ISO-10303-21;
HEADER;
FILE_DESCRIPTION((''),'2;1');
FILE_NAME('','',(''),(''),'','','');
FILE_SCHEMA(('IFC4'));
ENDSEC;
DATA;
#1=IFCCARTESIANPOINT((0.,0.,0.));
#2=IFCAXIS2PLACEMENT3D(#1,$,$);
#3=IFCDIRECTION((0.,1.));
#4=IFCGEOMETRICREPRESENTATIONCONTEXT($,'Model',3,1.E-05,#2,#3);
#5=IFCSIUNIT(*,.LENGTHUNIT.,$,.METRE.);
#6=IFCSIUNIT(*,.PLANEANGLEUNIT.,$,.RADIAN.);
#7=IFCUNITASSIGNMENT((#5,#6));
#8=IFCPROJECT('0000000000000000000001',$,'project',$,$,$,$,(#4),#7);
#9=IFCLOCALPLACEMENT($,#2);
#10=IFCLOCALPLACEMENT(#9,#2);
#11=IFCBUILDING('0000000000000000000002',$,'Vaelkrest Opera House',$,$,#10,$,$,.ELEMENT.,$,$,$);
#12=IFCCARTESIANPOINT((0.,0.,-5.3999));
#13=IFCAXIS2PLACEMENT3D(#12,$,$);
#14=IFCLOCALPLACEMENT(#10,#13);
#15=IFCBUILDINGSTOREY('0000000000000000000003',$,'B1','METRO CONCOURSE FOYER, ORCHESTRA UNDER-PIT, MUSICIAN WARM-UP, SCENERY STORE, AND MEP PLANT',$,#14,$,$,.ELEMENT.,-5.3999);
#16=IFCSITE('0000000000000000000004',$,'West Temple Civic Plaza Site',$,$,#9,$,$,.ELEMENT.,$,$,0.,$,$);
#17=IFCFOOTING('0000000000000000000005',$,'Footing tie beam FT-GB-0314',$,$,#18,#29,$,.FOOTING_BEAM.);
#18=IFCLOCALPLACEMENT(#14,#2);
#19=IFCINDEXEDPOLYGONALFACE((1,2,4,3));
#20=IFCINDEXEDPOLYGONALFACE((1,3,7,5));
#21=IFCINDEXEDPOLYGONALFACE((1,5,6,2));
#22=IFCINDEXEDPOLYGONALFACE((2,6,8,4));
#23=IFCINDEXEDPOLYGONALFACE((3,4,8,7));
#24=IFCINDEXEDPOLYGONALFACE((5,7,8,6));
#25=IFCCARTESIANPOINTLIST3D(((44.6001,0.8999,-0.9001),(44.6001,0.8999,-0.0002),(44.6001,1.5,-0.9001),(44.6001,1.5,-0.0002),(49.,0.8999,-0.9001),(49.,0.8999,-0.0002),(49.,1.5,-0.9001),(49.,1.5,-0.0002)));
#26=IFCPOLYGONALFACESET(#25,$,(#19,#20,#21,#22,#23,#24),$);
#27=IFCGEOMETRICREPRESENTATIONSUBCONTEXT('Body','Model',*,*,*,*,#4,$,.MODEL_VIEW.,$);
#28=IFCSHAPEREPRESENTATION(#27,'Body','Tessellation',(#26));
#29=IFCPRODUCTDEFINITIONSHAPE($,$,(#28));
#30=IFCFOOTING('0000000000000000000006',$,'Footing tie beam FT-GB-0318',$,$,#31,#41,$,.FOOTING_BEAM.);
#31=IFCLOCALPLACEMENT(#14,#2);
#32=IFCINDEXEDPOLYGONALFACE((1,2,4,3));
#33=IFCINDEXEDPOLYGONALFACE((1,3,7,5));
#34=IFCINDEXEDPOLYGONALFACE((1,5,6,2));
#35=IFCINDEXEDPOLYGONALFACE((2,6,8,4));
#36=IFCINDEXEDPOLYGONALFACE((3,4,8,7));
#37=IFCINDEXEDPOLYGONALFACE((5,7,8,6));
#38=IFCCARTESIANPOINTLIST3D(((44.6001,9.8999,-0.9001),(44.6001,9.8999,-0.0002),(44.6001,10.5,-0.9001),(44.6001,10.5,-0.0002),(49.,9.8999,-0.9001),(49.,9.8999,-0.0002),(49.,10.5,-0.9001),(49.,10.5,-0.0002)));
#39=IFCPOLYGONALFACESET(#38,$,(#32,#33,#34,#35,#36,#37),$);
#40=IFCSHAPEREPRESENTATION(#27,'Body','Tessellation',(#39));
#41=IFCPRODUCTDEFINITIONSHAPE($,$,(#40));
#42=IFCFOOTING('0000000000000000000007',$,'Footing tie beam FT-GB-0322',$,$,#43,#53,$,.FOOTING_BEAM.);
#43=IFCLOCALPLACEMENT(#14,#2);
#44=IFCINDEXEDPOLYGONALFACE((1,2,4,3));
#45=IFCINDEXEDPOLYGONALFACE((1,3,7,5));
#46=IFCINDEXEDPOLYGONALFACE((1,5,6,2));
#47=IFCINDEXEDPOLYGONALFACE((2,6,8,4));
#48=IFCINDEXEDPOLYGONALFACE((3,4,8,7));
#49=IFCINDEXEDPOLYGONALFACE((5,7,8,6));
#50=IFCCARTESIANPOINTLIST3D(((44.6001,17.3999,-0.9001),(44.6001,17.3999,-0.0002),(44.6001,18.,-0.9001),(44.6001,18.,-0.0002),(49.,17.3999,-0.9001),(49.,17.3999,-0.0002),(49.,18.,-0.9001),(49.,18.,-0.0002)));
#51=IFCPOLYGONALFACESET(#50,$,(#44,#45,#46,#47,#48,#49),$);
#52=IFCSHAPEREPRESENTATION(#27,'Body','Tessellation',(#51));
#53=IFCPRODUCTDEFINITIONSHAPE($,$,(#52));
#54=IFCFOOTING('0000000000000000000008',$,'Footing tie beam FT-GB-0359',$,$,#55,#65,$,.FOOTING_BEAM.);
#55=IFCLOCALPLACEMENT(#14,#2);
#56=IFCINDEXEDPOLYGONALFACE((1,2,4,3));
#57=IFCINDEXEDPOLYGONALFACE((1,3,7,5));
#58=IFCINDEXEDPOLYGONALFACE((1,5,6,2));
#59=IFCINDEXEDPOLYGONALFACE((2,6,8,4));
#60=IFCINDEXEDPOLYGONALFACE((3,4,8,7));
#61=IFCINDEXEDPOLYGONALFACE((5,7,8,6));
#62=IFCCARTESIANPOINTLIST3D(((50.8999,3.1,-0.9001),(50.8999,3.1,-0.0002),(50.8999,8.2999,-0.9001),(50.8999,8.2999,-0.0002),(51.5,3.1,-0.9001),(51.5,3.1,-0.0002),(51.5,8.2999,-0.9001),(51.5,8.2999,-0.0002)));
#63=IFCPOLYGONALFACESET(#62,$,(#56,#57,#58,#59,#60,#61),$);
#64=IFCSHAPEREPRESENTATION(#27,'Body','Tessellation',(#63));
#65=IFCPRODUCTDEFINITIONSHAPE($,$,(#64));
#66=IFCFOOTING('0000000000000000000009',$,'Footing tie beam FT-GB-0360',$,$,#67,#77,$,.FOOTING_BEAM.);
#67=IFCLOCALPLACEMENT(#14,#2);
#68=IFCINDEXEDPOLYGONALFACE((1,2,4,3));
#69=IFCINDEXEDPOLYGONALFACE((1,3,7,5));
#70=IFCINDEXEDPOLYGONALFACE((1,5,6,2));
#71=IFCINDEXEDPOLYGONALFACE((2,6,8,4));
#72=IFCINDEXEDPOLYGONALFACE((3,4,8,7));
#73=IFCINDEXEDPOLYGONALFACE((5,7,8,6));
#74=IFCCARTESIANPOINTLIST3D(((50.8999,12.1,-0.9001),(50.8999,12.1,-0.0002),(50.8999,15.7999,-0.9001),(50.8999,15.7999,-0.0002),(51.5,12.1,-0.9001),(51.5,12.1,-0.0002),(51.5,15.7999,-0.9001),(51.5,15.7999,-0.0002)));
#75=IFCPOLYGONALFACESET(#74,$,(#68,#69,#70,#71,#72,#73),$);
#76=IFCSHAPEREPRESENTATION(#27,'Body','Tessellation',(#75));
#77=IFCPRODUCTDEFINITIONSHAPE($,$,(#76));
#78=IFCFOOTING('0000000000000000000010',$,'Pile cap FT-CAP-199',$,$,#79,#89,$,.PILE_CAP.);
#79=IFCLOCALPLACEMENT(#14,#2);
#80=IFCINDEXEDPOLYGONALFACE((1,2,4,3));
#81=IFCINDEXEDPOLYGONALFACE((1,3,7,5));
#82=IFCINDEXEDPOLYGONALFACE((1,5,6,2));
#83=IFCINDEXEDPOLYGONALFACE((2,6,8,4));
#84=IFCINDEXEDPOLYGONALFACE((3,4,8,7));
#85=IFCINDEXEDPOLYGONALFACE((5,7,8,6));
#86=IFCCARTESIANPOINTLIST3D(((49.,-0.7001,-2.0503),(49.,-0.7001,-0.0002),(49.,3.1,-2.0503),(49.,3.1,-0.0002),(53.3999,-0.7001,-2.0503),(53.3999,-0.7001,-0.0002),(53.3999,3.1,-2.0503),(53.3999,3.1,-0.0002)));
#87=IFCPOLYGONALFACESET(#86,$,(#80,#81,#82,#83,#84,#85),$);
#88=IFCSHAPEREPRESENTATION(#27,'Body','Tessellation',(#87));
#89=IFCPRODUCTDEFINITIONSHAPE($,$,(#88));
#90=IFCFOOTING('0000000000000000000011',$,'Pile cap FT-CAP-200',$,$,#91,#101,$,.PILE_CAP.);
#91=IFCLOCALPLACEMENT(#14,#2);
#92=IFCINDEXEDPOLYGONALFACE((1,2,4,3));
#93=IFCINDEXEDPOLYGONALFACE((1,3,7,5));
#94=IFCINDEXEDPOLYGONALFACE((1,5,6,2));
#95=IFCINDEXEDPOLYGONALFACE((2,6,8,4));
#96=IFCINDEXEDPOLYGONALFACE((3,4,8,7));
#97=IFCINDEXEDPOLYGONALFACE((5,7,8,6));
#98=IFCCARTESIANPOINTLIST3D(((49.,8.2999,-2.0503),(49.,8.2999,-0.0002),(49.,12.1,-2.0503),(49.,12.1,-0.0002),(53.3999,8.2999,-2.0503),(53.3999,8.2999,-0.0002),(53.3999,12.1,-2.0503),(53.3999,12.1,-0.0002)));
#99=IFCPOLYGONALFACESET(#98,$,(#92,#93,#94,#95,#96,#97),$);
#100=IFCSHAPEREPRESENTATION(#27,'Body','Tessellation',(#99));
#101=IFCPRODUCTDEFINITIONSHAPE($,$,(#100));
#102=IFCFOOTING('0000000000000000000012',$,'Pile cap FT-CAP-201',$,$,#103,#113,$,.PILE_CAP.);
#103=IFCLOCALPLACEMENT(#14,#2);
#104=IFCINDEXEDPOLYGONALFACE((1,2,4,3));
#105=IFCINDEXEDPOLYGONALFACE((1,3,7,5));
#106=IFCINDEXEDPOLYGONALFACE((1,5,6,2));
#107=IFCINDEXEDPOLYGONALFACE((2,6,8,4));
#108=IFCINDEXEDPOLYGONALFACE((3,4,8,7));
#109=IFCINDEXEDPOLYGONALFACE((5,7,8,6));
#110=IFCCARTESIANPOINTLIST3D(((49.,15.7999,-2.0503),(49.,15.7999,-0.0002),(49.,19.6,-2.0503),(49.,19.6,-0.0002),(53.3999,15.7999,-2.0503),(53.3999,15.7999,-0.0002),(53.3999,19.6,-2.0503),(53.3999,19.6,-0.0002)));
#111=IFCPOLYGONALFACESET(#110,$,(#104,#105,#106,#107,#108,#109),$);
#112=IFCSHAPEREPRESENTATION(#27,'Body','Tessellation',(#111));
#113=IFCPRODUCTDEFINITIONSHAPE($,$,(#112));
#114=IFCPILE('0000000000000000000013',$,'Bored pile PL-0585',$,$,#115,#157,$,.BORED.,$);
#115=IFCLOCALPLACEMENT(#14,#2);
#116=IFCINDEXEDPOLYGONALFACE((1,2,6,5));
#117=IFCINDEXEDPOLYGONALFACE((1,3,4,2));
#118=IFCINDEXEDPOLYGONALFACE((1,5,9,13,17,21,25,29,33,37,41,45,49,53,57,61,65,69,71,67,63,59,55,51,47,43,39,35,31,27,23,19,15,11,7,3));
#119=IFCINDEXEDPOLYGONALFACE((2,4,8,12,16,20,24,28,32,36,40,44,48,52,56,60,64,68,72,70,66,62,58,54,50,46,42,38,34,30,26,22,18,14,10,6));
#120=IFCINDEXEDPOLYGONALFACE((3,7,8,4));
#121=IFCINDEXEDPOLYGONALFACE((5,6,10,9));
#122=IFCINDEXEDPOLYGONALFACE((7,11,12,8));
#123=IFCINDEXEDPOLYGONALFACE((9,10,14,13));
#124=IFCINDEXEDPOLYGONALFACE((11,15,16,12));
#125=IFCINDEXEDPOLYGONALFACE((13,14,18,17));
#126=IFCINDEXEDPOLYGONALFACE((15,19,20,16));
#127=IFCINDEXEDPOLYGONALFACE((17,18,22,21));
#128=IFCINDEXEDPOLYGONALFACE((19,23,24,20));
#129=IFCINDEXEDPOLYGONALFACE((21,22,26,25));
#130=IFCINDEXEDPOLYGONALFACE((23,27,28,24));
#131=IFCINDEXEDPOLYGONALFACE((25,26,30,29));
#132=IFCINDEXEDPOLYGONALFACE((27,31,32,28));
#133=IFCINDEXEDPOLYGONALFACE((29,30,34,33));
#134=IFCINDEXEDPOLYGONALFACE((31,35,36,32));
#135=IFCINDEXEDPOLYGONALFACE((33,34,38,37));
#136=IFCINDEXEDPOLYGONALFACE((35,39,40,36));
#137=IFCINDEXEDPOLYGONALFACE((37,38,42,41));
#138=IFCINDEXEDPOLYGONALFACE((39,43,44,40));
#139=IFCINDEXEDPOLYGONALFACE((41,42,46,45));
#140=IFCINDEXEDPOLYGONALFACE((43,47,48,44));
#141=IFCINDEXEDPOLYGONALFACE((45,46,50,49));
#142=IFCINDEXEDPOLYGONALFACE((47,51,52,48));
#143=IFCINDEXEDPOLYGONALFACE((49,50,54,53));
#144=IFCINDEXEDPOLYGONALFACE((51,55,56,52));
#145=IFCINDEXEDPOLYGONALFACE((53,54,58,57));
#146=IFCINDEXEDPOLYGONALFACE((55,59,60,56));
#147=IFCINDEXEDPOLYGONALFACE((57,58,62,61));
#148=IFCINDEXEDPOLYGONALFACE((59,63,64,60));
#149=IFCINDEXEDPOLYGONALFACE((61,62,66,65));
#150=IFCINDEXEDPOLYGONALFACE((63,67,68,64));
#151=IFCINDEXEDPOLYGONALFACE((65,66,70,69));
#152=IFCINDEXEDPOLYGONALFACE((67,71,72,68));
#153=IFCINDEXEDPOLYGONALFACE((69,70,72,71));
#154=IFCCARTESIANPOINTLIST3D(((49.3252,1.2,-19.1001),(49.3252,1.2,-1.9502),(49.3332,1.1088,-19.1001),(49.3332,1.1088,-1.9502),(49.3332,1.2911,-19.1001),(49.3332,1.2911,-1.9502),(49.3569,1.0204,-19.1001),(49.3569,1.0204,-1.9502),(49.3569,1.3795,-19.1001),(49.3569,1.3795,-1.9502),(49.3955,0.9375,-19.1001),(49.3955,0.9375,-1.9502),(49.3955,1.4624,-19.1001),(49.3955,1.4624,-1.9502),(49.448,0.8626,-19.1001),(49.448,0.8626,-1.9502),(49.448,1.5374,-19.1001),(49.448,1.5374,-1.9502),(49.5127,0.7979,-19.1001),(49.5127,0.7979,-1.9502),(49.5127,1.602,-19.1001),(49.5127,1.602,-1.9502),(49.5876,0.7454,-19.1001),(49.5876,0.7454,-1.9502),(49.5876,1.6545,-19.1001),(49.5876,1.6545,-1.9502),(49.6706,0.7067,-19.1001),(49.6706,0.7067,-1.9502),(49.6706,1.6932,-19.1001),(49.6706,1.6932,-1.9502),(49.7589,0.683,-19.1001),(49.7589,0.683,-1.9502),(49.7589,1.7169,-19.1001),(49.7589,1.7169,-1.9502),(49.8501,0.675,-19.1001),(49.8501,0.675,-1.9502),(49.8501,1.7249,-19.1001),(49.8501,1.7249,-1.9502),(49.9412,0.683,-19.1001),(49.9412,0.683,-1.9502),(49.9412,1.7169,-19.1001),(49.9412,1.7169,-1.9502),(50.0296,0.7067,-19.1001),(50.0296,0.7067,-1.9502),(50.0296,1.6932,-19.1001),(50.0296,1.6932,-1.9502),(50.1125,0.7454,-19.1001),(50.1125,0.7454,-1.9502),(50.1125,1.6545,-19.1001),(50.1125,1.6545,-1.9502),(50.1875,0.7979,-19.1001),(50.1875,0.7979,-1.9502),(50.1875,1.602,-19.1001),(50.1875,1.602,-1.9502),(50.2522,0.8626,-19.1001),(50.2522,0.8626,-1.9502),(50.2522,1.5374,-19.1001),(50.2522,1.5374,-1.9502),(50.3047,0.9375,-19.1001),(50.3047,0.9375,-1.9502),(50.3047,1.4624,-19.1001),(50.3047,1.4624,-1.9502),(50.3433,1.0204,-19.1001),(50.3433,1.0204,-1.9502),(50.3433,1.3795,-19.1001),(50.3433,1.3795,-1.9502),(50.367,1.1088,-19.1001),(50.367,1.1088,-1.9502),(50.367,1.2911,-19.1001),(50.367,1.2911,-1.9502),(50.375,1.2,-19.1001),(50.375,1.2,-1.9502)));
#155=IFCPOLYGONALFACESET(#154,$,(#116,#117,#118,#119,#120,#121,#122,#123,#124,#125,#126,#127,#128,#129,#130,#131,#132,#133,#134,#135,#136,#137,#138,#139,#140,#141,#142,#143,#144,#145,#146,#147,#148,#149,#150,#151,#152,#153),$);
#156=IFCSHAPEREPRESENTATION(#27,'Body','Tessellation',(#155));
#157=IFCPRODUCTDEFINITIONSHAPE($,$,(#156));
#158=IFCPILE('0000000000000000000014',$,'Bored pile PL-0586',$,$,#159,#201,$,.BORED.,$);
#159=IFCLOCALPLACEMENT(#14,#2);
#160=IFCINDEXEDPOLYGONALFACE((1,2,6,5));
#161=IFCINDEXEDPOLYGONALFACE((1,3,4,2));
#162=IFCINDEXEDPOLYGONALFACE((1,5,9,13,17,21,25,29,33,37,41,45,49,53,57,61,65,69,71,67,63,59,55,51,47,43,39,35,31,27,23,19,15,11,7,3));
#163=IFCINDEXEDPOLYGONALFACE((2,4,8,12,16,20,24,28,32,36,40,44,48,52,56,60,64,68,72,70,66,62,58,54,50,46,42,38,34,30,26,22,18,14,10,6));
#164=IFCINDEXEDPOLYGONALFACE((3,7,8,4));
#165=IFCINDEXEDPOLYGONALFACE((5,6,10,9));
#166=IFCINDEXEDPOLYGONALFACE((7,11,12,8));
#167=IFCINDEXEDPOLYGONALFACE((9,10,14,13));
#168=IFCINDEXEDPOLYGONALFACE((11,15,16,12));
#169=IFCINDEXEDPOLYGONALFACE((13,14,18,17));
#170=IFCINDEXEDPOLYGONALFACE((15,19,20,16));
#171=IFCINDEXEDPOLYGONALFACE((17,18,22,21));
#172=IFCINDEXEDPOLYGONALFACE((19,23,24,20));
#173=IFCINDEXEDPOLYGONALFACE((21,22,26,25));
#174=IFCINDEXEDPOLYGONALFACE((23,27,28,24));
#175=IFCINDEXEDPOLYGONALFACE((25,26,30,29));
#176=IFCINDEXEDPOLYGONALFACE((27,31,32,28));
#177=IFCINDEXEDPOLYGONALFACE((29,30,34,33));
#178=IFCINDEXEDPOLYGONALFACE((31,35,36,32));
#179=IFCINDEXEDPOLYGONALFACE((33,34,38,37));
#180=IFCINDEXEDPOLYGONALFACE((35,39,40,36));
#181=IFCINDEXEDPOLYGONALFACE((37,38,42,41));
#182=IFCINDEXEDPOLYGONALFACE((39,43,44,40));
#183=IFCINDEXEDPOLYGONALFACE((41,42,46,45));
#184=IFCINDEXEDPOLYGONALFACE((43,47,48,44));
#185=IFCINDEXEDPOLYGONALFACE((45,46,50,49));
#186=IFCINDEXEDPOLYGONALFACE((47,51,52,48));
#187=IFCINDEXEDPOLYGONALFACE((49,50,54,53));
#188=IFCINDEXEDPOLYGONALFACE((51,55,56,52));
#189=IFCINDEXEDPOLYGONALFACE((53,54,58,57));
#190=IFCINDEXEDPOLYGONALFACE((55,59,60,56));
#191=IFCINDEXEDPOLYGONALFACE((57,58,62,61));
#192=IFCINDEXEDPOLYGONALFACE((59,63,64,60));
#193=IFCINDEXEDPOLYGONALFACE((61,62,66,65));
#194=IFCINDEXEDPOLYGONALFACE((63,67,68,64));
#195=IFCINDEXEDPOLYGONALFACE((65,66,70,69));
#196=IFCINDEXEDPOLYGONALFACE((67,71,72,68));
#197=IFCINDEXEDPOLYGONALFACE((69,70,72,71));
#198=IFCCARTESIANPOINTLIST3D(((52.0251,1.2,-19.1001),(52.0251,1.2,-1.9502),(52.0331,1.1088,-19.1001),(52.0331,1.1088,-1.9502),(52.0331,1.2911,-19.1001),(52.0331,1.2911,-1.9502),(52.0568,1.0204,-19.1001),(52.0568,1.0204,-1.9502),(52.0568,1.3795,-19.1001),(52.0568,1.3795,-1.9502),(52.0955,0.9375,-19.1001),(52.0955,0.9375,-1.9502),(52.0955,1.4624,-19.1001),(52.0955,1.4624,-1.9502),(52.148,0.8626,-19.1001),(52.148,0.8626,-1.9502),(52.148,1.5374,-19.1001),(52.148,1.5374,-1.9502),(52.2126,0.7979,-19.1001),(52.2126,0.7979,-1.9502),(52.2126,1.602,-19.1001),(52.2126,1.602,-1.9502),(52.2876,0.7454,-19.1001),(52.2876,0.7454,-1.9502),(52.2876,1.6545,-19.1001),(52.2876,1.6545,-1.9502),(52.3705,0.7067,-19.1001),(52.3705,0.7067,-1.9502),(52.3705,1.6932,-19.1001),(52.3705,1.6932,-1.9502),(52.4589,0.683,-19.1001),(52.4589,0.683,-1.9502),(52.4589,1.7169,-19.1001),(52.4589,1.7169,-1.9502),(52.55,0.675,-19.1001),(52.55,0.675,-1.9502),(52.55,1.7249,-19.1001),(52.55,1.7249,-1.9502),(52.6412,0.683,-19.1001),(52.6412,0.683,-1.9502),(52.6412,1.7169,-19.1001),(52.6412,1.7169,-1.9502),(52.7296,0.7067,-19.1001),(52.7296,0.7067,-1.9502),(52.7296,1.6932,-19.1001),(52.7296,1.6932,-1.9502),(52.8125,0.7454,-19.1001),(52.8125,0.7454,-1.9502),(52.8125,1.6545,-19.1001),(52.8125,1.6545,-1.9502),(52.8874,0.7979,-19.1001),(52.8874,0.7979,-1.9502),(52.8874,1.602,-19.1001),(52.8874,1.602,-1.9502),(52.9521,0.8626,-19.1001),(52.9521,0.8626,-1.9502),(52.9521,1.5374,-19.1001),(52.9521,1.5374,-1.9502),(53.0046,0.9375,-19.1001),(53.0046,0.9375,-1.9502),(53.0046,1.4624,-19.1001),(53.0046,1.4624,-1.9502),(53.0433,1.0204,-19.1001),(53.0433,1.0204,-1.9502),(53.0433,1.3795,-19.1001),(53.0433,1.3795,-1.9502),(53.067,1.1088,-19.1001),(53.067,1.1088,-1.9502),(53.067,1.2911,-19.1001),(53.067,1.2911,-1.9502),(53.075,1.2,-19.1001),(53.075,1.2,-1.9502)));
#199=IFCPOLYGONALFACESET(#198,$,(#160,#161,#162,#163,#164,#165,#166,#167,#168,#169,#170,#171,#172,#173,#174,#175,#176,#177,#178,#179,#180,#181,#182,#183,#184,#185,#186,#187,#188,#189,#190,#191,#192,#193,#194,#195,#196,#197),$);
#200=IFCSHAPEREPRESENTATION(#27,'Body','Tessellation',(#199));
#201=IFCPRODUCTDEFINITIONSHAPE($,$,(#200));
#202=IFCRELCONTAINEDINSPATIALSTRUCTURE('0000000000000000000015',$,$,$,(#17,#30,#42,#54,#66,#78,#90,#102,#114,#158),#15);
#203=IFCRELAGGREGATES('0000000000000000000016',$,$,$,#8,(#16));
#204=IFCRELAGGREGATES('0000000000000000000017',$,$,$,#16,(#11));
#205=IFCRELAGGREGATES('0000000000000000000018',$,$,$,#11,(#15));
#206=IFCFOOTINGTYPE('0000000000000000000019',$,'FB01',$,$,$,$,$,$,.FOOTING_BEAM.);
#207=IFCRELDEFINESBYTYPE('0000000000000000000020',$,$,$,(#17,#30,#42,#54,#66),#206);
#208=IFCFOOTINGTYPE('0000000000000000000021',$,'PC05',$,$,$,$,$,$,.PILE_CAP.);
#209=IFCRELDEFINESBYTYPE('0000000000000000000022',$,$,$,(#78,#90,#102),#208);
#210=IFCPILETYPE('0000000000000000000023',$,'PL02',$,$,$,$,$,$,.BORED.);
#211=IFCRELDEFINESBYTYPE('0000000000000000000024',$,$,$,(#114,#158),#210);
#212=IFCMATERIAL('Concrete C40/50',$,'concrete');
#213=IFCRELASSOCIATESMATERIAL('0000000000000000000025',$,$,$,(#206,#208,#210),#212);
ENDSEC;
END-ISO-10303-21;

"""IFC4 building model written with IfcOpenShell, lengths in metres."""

from ifc_helpers import new_model, si_unit, direction, frame, origin, origin_2d, place, context, subcontext, project, spatial, rectangle, circle, extrude, material, material_profile, profile_set, type_object, element, save


model = new_model("IFC4")

# Units and contexts
model_context = context("Model", 3, precision=1e-05, world=origin(), true_north=direction((0.0, 1.0)))
body_context = subcontext(model_context, "Body", "Model", "MODEL_VIEW")
ifc_project = project(units=[si_unit("LENGTHUNIT", "METRE"), si_unit("PLANEANGLEUNIT", "RADIAN")], contexts=[model_context])

# Site, building, storey
site_placement = place(None, origin())
site = spatial("IfcSite", under=ifc_project, at=site_placement, Name="West Temple Civic Plaza Site", CompositionType="ELEMENT", RefElevation=0.0)
building_placement = place(site_placement, origin())
building = spatial("IfcBuilding", under=site, at=building_placement, Name="Vaelkrest Opera House", CompositionType="ELEMENT")
storey_placement = place(building_placement, frame((0.0, 0.0, -5.3999)))
storey = spatial("IfcBuildingStorey", under=building, at=storey_placement, Name="B1", Description="METRO CONCOURSE FOYER, ORCHESTRA UNDER-PIT, MUSICIAN WARM-UP, SCENERY STORE, AND MEP PLANT", CompositionType="ELEMENT", Elevation=-5.3999)

# Footings
ifc_material_1 = material(Name="Concrete C40/50", Category="concrete")
footing_type_1 = type_object("IfcFootingType", Name="FB01", PredefinedType="FOOTING_BEAM", material=ifc_material_1)
for number, where, z_axis, x_axis, name in (
    (1, (46.8, 1.2, -0.9001), (0.0, 0.0, 1.0), (1.0, 0.0, 0.0), "Footing tie beam FT-GB-0314"),
    (2, (46.8, 10.2, -0.9001), (0.0, 0.0, 1.0), (1.0, 0.0, 0.0), "Footing tie beam FT-GB-0318"),
    (3, (46.8, 17.7, -0.9001), (0.0, 0.0, 1.0), (1.0, 0.0, 0.0), "Footing tie beam FT-GB-0322"),
):
    element("IfcFooting", number, at=place(storey_placement, frame(where, z_axis=z_axis, x_axis=x_axis)), inside=storey, type_object=footing_type_1, Name=name, PredefinedType="FOOTING_BEAM", context=body_context, shape_type="SweptSolid", body=[
        extrude(rectangle(XDim=4.3999, YDim=0.6001, at=origin_2d()), origin(), (0.0, 0.0, 1.0), 0.8999),
    ])
footing_1_placement = place(storey_placement, frame((51.2, 5.7, -0.9001), z_axis=(0.0, 0.0, 1.0), x_axis=(0.0, 1.0, 0.0)))
element("IfcFooting", 4, at=footing_1_placement, inside=storey, type_object=footing_type_1, Name="Footing tie beam FT-GB-0359", PredefinedType="FOOTING_BEAM", context=body_context, shape_type="SweptSolid", body=[
    extrude(rectangle(XDim=5.2, YDim=0.6001, at=origin_2d()), origin(), (0.0, 0.0, 1.0), 0.8999),
])
footing_2_placement = place(storey_placement, frame((51.2, 13.95, -0.9001), z_axis=(0.0, 0.0, 1.0), x_axis=(0.0, 1.0, 0.0)))
element("IfcFooting", 5, at=footing_2_placement, inside=storey, type_object=footing_type_1, Name="Footing tie beam FT-GB-0360", PredefinedType="FOOTING_BEAM", context=body_context, shape_type="SweptSolid", body=[
    extrude(rectangle(XDim=3.7, YDim=0.6001, at=origin_2d()), origin(), (0.0, 0.0, 1.0), 0.8999),
])
footing_type_2 = type_object("IfcFootingType", Name="PC05", PredefinedType="PILE_CAP", material=ifc_material_1)
for number, where, z_axis, x_axis, name in (
    (6, (51.2, 1.2, -2.0503), (0.0, 0.0, 1.0), (1.0, 0.0, 0.0), "Pile cap FT-CAP-199"),
    (7, (51.2, 10.2, -2.0503), (0.0, 0.0, 1.0), (1.0, 0.0, 0.0), "Pile cap FT-CAP-200"),
    (8, (51.2, 17.7, -2.0503), (0.0, 0.0, 1.0), (1.0, 0.0, 0.0), "Pile cap FT-CAP-201"),
):
    element("IfcFooting", number, at=place(storey_placement, frame(where, z_axis=z_axis, x_axis=x_axis)), inside=storey, type_object=footing_type_2, Name=name, PredefinedType="PILE_CAP", context=body_context, shape_type="SweptSolid", body=[
        extrude(rectangle(XDim=4.3999, YDim=3.8, at=origin_2d()), origin(), (0.0, 0.0, 1.0), 2.05),
    ])

# Piles
ifc_material_profile_1 = material_profile(ifc_material_1, circle(Radius=0.5249, at=origin_2d()), Name="PILE1050")
ifc_profile_set_1 = profile_set([ifc_material_profile_1], Name="Concrete C40/50")
pile_type = type_object("IfcPileType", Name="PL02", PredefinedType="BORED", material=ifc_profile_set_1)
for number, where, z_axis, x_axis, name in (
    (9, (49.8501, 1.2, -1.9502), (0.0, 0.0, -1.0), (1.0, 0.0, 0.0), "Bored pile PL-0585"),
    (10, (52.55, 1.2, -1.9502), (0.0, 0.0, -1.0), (1.0, 0.0, 0.0), "Bored pile PL-0586"),
):
    element("IfcPile", number, at=place(storey_placement, frame(where, z_axis=z_axis, x_axis=x_axis)), inside=storey, type_object=pile_type, Name=name, PredefinedType="BORED", context=body_context, shape_type="SweptSolid", body=[
        extrude(circle(Radius=0.5249, at=origin_2d()), origin(), (0.0, 0.0, 1.0), 17.1499),
    ])

save(model, "model.ifc")
